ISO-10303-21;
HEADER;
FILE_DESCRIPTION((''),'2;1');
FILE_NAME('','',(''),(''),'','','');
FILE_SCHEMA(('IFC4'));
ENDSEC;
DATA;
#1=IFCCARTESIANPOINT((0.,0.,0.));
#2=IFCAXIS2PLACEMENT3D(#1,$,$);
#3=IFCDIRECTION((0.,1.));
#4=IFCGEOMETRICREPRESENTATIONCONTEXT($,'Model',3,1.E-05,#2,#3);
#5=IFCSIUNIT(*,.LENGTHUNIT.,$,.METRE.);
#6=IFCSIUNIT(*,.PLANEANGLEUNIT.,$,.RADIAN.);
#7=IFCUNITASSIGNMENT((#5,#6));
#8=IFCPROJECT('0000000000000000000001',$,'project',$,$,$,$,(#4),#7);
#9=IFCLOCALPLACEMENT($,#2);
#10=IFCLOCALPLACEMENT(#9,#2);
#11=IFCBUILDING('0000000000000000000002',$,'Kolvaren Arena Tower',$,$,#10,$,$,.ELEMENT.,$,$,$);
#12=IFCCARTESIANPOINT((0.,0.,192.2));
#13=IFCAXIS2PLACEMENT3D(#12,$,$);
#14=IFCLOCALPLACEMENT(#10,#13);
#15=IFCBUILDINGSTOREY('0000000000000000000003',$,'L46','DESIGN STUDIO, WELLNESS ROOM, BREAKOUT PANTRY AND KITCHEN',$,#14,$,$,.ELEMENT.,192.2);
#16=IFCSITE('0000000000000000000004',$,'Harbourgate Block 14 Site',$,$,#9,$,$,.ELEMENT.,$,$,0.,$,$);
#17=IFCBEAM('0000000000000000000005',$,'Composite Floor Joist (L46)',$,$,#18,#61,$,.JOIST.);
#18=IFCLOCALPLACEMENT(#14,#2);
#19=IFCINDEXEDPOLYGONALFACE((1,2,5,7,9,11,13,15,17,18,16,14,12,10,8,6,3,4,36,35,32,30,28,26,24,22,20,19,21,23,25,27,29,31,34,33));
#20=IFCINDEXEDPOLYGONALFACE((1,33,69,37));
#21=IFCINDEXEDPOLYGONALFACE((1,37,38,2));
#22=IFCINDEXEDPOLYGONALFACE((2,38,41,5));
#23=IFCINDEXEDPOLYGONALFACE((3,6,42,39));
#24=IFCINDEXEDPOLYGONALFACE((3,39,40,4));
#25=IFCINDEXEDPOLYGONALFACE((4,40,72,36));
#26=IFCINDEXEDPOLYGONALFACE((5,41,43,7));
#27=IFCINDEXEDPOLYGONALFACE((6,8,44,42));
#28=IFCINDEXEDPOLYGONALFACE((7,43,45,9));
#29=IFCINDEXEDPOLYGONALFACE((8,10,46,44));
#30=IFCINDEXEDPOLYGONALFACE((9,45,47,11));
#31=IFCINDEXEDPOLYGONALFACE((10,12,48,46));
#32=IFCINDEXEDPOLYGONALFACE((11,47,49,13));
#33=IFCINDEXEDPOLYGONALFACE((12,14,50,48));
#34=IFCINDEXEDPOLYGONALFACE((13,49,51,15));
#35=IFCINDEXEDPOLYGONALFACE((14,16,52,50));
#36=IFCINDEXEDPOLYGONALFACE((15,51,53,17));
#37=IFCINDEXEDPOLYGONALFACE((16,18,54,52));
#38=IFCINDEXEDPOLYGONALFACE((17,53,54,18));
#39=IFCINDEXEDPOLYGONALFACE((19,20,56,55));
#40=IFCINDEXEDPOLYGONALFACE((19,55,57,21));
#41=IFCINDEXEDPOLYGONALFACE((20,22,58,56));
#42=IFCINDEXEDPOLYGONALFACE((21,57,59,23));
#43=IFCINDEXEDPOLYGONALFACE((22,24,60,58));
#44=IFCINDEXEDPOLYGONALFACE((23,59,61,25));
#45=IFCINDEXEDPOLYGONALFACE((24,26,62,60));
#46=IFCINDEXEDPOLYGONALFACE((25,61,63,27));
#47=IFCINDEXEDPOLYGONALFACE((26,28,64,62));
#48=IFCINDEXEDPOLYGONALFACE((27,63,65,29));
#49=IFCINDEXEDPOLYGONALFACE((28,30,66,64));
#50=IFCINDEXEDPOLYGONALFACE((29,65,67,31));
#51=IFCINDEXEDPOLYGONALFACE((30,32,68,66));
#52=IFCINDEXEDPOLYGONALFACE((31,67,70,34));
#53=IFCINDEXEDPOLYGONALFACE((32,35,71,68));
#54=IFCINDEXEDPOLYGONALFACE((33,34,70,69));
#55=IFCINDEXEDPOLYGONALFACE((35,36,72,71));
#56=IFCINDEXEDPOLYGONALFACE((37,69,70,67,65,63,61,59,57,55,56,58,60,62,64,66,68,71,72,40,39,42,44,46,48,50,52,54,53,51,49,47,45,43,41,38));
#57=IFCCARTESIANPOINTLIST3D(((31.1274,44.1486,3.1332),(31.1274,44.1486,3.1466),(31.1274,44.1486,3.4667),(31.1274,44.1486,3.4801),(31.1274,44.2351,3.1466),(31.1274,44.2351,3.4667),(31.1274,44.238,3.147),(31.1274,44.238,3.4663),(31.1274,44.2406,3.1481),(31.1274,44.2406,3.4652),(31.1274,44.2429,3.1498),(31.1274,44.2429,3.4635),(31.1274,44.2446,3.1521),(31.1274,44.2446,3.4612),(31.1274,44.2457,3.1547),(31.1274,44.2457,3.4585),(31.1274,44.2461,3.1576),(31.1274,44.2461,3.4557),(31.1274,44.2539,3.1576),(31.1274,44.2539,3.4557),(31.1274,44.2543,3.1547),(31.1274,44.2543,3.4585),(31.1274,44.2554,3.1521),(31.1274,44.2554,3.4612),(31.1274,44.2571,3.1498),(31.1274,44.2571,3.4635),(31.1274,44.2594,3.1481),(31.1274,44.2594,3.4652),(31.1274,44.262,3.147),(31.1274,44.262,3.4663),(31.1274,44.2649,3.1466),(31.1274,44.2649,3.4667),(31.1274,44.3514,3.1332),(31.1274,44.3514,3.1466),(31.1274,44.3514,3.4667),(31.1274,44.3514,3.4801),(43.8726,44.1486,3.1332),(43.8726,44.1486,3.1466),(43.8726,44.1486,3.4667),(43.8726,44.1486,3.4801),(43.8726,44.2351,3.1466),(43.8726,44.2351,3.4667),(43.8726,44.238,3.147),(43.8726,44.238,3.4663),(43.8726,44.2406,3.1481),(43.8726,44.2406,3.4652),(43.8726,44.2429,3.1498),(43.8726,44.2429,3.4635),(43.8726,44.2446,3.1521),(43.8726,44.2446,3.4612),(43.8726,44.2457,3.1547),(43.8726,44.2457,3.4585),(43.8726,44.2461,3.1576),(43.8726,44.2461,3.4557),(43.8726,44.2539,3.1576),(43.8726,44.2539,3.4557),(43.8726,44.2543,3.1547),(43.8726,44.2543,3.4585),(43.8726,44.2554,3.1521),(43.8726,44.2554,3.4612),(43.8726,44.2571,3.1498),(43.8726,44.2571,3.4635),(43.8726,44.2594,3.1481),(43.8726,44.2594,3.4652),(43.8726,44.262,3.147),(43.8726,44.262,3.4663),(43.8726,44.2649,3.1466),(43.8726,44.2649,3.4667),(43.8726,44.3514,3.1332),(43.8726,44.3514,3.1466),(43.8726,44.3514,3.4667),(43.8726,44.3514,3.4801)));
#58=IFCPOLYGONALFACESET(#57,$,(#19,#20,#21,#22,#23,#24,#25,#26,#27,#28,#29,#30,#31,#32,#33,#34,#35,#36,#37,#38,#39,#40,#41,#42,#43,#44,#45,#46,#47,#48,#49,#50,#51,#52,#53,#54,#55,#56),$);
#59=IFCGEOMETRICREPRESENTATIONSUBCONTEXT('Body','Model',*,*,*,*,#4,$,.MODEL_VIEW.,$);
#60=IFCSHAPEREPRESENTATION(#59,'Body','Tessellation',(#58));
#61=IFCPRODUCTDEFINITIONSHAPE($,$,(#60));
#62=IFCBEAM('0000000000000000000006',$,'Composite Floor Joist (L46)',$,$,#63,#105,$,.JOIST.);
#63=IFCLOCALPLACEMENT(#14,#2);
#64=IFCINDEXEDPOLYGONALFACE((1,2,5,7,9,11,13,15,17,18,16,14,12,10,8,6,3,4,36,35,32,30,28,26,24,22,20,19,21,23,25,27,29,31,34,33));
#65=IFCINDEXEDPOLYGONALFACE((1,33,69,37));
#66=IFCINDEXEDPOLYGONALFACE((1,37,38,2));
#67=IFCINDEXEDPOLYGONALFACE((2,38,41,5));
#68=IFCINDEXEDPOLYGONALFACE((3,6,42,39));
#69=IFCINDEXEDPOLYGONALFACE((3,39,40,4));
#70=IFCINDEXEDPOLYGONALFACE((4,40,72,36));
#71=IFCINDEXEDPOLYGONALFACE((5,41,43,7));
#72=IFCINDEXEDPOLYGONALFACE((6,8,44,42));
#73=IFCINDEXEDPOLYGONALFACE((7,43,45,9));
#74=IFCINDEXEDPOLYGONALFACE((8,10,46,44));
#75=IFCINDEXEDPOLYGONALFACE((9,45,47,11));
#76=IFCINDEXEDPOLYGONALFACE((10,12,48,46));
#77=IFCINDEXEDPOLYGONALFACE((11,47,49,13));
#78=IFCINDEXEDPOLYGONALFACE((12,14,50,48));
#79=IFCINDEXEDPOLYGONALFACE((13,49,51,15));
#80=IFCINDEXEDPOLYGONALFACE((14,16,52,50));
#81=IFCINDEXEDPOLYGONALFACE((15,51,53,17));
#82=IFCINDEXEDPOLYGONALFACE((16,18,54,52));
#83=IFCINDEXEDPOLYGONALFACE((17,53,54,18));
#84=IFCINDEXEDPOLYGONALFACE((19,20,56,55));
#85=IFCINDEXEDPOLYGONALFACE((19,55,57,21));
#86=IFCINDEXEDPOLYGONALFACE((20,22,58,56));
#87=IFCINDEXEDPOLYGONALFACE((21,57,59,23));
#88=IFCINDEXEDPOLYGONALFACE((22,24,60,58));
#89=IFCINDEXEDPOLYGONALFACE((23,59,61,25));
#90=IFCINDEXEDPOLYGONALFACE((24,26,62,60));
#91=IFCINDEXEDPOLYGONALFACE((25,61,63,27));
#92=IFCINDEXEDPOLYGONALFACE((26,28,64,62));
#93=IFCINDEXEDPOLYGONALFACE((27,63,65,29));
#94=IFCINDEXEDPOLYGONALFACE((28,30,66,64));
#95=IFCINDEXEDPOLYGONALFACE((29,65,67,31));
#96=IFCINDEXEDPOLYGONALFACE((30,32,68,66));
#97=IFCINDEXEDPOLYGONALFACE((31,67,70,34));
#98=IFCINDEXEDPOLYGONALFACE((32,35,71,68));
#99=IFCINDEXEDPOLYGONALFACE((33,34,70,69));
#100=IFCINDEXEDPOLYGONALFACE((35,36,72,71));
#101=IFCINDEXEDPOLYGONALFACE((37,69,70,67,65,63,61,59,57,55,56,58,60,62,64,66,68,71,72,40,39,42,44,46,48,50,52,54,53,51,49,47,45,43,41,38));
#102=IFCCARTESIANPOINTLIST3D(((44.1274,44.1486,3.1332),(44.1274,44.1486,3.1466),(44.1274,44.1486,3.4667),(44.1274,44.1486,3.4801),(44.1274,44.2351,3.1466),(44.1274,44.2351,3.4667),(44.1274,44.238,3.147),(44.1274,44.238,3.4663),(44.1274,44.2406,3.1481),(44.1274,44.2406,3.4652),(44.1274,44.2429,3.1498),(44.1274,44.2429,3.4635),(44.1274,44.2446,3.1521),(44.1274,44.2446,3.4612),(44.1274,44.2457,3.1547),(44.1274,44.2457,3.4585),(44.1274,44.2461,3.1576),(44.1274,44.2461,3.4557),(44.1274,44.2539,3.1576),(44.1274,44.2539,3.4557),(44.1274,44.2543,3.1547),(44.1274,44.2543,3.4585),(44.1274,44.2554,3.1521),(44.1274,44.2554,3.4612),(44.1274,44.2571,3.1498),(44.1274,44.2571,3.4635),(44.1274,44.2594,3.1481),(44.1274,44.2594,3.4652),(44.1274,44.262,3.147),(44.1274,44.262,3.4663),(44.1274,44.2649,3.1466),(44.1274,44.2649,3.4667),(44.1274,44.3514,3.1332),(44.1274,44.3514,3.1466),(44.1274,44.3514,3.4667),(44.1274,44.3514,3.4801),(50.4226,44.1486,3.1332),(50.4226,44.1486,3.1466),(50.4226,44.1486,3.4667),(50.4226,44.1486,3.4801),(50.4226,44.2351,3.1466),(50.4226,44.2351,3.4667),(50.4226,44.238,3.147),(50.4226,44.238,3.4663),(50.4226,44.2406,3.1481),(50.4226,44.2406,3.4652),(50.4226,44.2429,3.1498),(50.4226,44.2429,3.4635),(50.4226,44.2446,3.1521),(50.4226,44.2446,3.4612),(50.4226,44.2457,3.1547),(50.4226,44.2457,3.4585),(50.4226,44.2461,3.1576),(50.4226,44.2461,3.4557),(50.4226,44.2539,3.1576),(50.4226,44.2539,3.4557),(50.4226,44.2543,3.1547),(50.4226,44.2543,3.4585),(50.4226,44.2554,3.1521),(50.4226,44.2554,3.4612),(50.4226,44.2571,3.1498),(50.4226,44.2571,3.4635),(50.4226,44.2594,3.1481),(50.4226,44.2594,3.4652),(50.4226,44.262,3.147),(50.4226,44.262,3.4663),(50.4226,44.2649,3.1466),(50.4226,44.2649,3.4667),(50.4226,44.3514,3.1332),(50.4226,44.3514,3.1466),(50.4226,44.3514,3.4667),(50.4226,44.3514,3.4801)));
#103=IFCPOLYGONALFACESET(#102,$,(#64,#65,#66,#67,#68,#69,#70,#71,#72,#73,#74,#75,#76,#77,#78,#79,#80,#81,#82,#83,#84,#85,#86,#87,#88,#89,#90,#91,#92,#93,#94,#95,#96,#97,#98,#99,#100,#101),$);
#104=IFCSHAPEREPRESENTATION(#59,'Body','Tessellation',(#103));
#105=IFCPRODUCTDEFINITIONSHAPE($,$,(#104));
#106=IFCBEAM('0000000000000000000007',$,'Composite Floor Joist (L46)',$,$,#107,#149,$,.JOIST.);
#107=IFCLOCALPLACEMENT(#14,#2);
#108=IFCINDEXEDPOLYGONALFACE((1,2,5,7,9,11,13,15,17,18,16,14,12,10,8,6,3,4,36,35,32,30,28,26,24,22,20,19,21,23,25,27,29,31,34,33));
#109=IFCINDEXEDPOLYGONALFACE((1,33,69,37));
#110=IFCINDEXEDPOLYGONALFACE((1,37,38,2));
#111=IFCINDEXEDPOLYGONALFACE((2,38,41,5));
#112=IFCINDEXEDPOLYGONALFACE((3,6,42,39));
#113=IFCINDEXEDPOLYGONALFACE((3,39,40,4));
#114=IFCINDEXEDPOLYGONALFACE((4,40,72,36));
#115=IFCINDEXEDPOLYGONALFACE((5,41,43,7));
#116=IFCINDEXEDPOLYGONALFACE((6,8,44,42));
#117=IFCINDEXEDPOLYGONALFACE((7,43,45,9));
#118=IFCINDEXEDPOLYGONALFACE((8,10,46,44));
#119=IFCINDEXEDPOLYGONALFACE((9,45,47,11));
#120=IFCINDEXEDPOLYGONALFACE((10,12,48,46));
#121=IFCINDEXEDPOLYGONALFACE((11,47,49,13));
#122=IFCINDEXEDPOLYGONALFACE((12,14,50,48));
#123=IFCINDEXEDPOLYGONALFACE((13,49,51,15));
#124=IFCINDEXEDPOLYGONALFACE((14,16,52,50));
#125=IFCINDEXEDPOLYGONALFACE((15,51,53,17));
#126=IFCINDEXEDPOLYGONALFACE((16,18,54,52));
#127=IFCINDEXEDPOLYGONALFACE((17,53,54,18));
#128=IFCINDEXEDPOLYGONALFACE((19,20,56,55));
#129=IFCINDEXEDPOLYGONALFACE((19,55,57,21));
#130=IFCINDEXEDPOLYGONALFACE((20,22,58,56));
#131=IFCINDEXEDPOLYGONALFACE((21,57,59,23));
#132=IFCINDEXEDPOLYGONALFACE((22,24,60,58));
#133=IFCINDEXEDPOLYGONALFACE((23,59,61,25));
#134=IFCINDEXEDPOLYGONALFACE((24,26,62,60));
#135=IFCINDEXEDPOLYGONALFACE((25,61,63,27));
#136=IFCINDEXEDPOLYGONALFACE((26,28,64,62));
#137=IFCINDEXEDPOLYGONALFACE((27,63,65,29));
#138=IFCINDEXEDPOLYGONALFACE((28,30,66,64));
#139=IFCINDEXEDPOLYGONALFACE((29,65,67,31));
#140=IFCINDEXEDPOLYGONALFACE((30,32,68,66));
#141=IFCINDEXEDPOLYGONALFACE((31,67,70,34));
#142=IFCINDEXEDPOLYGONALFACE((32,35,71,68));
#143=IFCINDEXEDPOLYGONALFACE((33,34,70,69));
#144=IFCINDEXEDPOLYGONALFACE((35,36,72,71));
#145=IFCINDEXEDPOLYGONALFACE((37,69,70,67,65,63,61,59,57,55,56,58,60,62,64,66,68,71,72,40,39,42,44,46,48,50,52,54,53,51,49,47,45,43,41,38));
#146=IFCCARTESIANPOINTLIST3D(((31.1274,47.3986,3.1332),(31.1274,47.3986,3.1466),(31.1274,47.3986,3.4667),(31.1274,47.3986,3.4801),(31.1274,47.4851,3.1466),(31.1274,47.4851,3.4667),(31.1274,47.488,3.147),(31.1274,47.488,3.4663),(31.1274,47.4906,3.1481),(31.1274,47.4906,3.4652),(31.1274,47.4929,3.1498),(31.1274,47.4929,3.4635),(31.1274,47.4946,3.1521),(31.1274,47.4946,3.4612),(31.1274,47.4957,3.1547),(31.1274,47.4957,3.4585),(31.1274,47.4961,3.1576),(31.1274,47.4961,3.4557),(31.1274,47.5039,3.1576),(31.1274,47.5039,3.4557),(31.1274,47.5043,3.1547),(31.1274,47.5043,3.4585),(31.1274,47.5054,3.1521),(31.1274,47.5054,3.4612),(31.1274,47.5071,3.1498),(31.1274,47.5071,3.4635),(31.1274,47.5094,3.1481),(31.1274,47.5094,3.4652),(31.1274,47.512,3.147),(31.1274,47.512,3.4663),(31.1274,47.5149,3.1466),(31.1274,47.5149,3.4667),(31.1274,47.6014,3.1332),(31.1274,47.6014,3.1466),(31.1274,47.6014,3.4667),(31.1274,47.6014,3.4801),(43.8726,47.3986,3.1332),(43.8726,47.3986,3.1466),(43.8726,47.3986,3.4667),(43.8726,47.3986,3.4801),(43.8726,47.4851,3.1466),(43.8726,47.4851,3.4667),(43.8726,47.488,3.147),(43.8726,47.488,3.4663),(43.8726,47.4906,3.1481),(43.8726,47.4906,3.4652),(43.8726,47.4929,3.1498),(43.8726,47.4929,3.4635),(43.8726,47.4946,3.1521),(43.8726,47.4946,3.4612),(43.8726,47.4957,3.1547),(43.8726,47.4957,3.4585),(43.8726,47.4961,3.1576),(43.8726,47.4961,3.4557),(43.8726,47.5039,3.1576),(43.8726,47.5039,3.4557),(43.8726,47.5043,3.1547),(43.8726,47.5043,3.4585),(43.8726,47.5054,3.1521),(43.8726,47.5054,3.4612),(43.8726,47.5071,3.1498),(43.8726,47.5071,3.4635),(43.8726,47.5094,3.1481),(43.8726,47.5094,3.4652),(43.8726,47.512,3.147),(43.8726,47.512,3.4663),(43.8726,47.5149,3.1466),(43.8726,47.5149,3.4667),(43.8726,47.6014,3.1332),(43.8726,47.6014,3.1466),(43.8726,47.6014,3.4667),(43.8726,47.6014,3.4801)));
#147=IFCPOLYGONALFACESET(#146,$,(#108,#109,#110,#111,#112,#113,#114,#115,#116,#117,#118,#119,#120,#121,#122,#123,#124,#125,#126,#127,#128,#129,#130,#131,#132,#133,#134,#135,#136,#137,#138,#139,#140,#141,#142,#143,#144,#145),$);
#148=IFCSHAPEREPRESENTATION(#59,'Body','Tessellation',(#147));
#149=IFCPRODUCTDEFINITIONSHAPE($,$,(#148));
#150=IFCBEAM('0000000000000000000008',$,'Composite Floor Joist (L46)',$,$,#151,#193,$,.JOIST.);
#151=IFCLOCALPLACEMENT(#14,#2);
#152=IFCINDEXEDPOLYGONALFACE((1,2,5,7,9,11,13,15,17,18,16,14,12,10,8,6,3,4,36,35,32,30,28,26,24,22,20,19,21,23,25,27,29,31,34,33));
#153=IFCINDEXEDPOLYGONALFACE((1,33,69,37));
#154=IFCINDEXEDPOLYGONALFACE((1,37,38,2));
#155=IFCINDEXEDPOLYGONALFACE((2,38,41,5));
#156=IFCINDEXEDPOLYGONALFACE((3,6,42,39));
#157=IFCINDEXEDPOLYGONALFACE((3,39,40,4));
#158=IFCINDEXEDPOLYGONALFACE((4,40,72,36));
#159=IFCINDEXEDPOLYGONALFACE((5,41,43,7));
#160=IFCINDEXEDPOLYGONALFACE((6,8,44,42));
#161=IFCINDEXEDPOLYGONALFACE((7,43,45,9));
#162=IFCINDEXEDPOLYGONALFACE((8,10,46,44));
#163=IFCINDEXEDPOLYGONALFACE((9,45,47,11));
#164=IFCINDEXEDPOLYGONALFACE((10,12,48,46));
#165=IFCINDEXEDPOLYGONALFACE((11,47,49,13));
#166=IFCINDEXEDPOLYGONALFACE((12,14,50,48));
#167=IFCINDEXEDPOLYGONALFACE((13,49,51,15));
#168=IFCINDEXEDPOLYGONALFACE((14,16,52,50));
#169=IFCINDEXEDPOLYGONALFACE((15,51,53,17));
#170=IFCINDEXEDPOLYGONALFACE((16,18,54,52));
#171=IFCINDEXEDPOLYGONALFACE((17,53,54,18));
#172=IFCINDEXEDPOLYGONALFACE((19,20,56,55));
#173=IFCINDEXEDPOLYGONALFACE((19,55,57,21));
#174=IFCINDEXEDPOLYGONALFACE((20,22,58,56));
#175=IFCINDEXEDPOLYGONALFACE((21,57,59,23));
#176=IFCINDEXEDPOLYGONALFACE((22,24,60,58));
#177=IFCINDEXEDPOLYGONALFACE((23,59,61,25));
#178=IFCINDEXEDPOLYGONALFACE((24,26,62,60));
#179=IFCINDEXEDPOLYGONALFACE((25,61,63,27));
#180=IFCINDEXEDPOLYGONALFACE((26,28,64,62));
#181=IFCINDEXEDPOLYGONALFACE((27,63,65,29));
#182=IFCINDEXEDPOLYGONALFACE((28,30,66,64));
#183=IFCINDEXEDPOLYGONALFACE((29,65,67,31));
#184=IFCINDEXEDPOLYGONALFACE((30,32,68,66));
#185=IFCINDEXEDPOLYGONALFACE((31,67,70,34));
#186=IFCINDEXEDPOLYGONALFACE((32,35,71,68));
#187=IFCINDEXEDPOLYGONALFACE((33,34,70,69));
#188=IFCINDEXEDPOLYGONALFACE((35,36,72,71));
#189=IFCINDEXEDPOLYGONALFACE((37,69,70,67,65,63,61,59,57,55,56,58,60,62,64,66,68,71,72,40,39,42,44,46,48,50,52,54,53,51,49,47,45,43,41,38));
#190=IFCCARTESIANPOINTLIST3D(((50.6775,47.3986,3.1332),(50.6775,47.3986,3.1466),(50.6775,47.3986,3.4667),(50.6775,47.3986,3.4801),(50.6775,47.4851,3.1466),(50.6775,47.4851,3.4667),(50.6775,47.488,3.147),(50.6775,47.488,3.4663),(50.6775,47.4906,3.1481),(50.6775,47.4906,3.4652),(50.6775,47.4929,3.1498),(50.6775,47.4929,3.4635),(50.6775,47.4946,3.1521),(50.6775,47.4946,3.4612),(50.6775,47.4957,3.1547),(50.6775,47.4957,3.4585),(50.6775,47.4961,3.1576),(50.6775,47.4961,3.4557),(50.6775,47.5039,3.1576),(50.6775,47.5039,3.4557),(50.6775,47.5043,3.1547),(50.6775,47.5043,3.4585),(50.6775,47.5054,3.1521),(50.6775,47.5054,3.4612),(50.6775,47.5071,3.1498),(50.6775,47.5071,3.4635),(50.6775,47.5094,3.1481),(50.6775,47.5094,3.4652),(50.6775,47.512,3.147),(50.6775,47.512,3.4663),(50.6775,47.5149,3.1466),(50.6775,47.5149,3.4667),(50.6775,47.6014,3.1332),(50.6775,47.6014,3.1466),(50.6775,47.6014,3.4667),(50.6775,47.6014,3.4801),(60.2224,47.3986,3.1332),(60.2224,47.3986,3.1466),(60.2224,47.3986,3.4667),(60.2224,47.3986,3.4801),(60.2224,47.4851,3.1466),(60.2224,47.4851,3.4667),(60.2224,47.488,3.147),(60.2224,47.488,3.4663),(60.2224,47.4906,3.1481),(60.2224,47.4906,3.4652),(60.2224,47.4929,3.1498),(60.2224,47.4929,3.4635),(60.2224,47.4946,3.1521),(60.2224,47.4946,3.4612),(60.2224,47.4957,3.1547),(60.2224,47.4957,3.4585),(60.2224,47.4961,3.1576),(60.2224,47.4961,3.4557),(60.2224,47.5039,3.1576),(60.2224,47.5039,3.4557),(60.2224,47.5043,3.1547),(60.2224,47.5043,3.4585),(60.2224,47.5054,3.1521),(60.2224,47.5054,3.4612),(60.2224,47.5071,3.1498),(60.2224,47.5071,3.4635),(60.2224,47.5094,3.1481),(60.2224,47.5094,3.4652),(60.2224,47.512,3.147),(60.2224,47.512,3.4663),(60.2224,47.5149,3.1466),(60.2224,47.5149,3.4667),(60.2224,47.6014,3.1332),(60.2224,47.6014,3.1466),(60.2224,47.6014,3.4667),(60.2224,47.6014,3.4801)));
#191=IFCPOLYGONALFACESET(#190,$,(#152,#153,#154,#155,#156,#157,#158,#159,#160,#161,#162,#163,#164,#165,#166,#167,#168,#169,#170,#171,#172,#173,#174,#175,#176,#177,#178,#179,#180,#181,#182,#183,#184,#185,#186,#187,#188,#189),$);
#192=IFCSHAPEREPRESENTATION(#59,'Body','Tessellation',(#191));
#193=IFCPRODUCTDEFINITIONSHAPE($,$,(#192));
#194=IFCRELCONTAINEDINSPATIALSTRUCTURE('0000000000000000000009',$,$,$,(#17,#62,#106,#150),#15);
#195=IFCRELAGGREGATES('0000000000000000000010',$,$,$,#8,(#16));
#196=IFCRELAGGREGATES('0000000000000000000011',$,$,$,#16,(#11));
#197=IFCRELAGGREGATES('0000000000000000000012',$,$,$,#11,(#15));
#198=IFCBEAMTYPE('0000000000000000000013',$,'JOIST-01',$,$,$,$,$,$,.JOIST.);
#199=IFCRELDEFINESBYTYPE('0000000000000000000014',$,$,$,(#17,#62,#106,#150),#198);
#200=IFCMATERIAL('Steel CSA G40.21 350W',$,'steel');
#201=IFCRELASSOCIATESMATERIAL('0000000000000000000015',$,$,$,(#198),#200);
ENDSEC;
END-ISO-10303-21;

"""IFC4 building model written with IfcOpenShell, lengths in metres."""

from ifc_helpers import new_model, si_unit, direction, frame, origin, origin_2d, place, context, subcontext, project, spatial, i_section, extrude, material, material_profile, profile_set, type_object, element, save


model = new_model("IFC4")

# Units and contexts
model_context = context("Model", 3, precision=1e-05, world=origin(), true_north=direction((0.0, 1.0)))
body_context = subcontext(model_context, "Body", "Model", "MODEL_VIEW")
ifc_project = project(units=[si_unit("LENGTHUNIT", "METRE"), si_unit("PLANEANGLEUNIT", "RADIAN")], contexts=[model_context])

# Site, building, storey
site_placement = place(None, origin())
site = spatial("IfcSite", under=ifc_project, at=site_placement, Name="Harbourgate Block 14 Site", CompositionType="ELEMENT", RefElevation=0.0)
building_placement = place(site_placement, origin())
building = spatial("IfcBuilding", under=site, at=building_placement, Name="Kolvaren Arena Tower", CompositionType="ELEMENT")
storey_placement = place(building_placement, frame((0.0, 0.0, 192.2)))
storey = spatial("IfcBuildingStorey", under=building, at=storey_placement, Name="L46", Description="DESIGN STUDIO, WELLNESS ROOM, BREAKOUT PANTRY AND KITCHEN", CompositionType="ELEMENT", Elevation=192.2)

# Beams
ifc_material_1 = material(Name="Steel CSA G40.21 350W", Category="steel")
ifc_material_profile_1 = material_profile(ifc_material_1, i_section(OverallWidth=0.2029, OverallDepth=0.3469, WebThickness=0.0078, FlangeThickness=0.0134, FilletRadius=0.011, at=origin_2d()), Name="W360x64")
ifc_profile_set_1 = profile_set([ifc_material_profile_1], Name="Steel CSA G40.21 350W")
beam_type_1 = type_object("IfcBeamType", Name="JOIST-01", PredefinedType="JOIST", material=ifc_profile_set_1)
beam_1_placement = place(storey_placement, frame((31.1274, 44.25, 3.3066), z_axis=(1.0, 0.0, 0.0), x_axis=(0.0, 1.0, 0.0)))
element("IfcBeam", 1, at=beam_1_placement, inside=storey, type_object=beam_type_1, Name="Composite Floor Joist (L46)", PredefinedType="JOIST", context=body_context, shape_type="SweptSolid", body=[
    extrude(i_section(OverallWidth=0.2029, OverallDepth=0.3469, WebThickness=0.0078, FlangeThickness=0.0134, FilletRadius=0.011, at=origin_2d()), origin(), (0.0, 0.0, 1.0), 12.7451),
])
beam_2_placement = place(storey_placement, frame((44.1274, 44.25, 3.3066), z_axis=(1.0, 0.0, 0.0), x_axis=(0.0, 1.0, 0.0)))
element("IfcBeam", 2, at=beam_2_placement, inside=storey, type_object=beam_type_1, Name="Composite Floor Joist (L46)", PredefinedType="JOIST", context=body_context, shape_type="SweptSolid", body=[
    extrude(i_section(OverallWidth=0.2029, OverallDepth=0.3469, WebThickness=0.0078, FlangeThickness=0.0134, FilletRadius=0.011, at=origin_2d()), origin(), (0.0, 0.0, 1.0), 6.2952),
])
beam_3_placement = place(storey_placement, frame((31.1274, 47.5, 3.3066), z_axis=(1.0, 0.0, 0.0), x_axis=(0.0, 1.0, 0.0)))
element("IfcBeam", 3, at=beam_3_placement, inside=storey, type_object=beam_type_1, Name="Composite Floor Joist (L46)", PredefinedType="JOIST", context=body_context, shape_type="SweptSolid", body=[
    extrude(i_section(OverallWidth=0.2029, OverallDepth=0.3469, WebThickness=0.0078, FlangeThickness=0.0134, FilletRadius=0.011, at=origin_2d()), origin(), (0.0, 0.0, 1.0), 12.7451),
])
beam_4_placement = place(storey_placement, frame((50.6775, 47.5, 3.3066), z_axis=(1.0, 0.0, 0.0), x_axis=(0.0, 1.0, 0.0)))
element("IfcBeam", 4, at=beam_4_placement, inside=storey, type_object=beam_type_1, Name="Composite Floor Joist (L46)", PredefinedType="JOIST", context=body_context, shape_type="SweptSolid", body=[
    extrude(i_section(OverallWidth=0.2029, OverallDepth=0.3469, WebThickness=0.0078, FlangeThickness=0.0134, FilletRadius=0.011, at=origin_2d()), origin(), (0.0, 0.0, 1.0), 9.5449),
])

save(model, "model.ifc")
